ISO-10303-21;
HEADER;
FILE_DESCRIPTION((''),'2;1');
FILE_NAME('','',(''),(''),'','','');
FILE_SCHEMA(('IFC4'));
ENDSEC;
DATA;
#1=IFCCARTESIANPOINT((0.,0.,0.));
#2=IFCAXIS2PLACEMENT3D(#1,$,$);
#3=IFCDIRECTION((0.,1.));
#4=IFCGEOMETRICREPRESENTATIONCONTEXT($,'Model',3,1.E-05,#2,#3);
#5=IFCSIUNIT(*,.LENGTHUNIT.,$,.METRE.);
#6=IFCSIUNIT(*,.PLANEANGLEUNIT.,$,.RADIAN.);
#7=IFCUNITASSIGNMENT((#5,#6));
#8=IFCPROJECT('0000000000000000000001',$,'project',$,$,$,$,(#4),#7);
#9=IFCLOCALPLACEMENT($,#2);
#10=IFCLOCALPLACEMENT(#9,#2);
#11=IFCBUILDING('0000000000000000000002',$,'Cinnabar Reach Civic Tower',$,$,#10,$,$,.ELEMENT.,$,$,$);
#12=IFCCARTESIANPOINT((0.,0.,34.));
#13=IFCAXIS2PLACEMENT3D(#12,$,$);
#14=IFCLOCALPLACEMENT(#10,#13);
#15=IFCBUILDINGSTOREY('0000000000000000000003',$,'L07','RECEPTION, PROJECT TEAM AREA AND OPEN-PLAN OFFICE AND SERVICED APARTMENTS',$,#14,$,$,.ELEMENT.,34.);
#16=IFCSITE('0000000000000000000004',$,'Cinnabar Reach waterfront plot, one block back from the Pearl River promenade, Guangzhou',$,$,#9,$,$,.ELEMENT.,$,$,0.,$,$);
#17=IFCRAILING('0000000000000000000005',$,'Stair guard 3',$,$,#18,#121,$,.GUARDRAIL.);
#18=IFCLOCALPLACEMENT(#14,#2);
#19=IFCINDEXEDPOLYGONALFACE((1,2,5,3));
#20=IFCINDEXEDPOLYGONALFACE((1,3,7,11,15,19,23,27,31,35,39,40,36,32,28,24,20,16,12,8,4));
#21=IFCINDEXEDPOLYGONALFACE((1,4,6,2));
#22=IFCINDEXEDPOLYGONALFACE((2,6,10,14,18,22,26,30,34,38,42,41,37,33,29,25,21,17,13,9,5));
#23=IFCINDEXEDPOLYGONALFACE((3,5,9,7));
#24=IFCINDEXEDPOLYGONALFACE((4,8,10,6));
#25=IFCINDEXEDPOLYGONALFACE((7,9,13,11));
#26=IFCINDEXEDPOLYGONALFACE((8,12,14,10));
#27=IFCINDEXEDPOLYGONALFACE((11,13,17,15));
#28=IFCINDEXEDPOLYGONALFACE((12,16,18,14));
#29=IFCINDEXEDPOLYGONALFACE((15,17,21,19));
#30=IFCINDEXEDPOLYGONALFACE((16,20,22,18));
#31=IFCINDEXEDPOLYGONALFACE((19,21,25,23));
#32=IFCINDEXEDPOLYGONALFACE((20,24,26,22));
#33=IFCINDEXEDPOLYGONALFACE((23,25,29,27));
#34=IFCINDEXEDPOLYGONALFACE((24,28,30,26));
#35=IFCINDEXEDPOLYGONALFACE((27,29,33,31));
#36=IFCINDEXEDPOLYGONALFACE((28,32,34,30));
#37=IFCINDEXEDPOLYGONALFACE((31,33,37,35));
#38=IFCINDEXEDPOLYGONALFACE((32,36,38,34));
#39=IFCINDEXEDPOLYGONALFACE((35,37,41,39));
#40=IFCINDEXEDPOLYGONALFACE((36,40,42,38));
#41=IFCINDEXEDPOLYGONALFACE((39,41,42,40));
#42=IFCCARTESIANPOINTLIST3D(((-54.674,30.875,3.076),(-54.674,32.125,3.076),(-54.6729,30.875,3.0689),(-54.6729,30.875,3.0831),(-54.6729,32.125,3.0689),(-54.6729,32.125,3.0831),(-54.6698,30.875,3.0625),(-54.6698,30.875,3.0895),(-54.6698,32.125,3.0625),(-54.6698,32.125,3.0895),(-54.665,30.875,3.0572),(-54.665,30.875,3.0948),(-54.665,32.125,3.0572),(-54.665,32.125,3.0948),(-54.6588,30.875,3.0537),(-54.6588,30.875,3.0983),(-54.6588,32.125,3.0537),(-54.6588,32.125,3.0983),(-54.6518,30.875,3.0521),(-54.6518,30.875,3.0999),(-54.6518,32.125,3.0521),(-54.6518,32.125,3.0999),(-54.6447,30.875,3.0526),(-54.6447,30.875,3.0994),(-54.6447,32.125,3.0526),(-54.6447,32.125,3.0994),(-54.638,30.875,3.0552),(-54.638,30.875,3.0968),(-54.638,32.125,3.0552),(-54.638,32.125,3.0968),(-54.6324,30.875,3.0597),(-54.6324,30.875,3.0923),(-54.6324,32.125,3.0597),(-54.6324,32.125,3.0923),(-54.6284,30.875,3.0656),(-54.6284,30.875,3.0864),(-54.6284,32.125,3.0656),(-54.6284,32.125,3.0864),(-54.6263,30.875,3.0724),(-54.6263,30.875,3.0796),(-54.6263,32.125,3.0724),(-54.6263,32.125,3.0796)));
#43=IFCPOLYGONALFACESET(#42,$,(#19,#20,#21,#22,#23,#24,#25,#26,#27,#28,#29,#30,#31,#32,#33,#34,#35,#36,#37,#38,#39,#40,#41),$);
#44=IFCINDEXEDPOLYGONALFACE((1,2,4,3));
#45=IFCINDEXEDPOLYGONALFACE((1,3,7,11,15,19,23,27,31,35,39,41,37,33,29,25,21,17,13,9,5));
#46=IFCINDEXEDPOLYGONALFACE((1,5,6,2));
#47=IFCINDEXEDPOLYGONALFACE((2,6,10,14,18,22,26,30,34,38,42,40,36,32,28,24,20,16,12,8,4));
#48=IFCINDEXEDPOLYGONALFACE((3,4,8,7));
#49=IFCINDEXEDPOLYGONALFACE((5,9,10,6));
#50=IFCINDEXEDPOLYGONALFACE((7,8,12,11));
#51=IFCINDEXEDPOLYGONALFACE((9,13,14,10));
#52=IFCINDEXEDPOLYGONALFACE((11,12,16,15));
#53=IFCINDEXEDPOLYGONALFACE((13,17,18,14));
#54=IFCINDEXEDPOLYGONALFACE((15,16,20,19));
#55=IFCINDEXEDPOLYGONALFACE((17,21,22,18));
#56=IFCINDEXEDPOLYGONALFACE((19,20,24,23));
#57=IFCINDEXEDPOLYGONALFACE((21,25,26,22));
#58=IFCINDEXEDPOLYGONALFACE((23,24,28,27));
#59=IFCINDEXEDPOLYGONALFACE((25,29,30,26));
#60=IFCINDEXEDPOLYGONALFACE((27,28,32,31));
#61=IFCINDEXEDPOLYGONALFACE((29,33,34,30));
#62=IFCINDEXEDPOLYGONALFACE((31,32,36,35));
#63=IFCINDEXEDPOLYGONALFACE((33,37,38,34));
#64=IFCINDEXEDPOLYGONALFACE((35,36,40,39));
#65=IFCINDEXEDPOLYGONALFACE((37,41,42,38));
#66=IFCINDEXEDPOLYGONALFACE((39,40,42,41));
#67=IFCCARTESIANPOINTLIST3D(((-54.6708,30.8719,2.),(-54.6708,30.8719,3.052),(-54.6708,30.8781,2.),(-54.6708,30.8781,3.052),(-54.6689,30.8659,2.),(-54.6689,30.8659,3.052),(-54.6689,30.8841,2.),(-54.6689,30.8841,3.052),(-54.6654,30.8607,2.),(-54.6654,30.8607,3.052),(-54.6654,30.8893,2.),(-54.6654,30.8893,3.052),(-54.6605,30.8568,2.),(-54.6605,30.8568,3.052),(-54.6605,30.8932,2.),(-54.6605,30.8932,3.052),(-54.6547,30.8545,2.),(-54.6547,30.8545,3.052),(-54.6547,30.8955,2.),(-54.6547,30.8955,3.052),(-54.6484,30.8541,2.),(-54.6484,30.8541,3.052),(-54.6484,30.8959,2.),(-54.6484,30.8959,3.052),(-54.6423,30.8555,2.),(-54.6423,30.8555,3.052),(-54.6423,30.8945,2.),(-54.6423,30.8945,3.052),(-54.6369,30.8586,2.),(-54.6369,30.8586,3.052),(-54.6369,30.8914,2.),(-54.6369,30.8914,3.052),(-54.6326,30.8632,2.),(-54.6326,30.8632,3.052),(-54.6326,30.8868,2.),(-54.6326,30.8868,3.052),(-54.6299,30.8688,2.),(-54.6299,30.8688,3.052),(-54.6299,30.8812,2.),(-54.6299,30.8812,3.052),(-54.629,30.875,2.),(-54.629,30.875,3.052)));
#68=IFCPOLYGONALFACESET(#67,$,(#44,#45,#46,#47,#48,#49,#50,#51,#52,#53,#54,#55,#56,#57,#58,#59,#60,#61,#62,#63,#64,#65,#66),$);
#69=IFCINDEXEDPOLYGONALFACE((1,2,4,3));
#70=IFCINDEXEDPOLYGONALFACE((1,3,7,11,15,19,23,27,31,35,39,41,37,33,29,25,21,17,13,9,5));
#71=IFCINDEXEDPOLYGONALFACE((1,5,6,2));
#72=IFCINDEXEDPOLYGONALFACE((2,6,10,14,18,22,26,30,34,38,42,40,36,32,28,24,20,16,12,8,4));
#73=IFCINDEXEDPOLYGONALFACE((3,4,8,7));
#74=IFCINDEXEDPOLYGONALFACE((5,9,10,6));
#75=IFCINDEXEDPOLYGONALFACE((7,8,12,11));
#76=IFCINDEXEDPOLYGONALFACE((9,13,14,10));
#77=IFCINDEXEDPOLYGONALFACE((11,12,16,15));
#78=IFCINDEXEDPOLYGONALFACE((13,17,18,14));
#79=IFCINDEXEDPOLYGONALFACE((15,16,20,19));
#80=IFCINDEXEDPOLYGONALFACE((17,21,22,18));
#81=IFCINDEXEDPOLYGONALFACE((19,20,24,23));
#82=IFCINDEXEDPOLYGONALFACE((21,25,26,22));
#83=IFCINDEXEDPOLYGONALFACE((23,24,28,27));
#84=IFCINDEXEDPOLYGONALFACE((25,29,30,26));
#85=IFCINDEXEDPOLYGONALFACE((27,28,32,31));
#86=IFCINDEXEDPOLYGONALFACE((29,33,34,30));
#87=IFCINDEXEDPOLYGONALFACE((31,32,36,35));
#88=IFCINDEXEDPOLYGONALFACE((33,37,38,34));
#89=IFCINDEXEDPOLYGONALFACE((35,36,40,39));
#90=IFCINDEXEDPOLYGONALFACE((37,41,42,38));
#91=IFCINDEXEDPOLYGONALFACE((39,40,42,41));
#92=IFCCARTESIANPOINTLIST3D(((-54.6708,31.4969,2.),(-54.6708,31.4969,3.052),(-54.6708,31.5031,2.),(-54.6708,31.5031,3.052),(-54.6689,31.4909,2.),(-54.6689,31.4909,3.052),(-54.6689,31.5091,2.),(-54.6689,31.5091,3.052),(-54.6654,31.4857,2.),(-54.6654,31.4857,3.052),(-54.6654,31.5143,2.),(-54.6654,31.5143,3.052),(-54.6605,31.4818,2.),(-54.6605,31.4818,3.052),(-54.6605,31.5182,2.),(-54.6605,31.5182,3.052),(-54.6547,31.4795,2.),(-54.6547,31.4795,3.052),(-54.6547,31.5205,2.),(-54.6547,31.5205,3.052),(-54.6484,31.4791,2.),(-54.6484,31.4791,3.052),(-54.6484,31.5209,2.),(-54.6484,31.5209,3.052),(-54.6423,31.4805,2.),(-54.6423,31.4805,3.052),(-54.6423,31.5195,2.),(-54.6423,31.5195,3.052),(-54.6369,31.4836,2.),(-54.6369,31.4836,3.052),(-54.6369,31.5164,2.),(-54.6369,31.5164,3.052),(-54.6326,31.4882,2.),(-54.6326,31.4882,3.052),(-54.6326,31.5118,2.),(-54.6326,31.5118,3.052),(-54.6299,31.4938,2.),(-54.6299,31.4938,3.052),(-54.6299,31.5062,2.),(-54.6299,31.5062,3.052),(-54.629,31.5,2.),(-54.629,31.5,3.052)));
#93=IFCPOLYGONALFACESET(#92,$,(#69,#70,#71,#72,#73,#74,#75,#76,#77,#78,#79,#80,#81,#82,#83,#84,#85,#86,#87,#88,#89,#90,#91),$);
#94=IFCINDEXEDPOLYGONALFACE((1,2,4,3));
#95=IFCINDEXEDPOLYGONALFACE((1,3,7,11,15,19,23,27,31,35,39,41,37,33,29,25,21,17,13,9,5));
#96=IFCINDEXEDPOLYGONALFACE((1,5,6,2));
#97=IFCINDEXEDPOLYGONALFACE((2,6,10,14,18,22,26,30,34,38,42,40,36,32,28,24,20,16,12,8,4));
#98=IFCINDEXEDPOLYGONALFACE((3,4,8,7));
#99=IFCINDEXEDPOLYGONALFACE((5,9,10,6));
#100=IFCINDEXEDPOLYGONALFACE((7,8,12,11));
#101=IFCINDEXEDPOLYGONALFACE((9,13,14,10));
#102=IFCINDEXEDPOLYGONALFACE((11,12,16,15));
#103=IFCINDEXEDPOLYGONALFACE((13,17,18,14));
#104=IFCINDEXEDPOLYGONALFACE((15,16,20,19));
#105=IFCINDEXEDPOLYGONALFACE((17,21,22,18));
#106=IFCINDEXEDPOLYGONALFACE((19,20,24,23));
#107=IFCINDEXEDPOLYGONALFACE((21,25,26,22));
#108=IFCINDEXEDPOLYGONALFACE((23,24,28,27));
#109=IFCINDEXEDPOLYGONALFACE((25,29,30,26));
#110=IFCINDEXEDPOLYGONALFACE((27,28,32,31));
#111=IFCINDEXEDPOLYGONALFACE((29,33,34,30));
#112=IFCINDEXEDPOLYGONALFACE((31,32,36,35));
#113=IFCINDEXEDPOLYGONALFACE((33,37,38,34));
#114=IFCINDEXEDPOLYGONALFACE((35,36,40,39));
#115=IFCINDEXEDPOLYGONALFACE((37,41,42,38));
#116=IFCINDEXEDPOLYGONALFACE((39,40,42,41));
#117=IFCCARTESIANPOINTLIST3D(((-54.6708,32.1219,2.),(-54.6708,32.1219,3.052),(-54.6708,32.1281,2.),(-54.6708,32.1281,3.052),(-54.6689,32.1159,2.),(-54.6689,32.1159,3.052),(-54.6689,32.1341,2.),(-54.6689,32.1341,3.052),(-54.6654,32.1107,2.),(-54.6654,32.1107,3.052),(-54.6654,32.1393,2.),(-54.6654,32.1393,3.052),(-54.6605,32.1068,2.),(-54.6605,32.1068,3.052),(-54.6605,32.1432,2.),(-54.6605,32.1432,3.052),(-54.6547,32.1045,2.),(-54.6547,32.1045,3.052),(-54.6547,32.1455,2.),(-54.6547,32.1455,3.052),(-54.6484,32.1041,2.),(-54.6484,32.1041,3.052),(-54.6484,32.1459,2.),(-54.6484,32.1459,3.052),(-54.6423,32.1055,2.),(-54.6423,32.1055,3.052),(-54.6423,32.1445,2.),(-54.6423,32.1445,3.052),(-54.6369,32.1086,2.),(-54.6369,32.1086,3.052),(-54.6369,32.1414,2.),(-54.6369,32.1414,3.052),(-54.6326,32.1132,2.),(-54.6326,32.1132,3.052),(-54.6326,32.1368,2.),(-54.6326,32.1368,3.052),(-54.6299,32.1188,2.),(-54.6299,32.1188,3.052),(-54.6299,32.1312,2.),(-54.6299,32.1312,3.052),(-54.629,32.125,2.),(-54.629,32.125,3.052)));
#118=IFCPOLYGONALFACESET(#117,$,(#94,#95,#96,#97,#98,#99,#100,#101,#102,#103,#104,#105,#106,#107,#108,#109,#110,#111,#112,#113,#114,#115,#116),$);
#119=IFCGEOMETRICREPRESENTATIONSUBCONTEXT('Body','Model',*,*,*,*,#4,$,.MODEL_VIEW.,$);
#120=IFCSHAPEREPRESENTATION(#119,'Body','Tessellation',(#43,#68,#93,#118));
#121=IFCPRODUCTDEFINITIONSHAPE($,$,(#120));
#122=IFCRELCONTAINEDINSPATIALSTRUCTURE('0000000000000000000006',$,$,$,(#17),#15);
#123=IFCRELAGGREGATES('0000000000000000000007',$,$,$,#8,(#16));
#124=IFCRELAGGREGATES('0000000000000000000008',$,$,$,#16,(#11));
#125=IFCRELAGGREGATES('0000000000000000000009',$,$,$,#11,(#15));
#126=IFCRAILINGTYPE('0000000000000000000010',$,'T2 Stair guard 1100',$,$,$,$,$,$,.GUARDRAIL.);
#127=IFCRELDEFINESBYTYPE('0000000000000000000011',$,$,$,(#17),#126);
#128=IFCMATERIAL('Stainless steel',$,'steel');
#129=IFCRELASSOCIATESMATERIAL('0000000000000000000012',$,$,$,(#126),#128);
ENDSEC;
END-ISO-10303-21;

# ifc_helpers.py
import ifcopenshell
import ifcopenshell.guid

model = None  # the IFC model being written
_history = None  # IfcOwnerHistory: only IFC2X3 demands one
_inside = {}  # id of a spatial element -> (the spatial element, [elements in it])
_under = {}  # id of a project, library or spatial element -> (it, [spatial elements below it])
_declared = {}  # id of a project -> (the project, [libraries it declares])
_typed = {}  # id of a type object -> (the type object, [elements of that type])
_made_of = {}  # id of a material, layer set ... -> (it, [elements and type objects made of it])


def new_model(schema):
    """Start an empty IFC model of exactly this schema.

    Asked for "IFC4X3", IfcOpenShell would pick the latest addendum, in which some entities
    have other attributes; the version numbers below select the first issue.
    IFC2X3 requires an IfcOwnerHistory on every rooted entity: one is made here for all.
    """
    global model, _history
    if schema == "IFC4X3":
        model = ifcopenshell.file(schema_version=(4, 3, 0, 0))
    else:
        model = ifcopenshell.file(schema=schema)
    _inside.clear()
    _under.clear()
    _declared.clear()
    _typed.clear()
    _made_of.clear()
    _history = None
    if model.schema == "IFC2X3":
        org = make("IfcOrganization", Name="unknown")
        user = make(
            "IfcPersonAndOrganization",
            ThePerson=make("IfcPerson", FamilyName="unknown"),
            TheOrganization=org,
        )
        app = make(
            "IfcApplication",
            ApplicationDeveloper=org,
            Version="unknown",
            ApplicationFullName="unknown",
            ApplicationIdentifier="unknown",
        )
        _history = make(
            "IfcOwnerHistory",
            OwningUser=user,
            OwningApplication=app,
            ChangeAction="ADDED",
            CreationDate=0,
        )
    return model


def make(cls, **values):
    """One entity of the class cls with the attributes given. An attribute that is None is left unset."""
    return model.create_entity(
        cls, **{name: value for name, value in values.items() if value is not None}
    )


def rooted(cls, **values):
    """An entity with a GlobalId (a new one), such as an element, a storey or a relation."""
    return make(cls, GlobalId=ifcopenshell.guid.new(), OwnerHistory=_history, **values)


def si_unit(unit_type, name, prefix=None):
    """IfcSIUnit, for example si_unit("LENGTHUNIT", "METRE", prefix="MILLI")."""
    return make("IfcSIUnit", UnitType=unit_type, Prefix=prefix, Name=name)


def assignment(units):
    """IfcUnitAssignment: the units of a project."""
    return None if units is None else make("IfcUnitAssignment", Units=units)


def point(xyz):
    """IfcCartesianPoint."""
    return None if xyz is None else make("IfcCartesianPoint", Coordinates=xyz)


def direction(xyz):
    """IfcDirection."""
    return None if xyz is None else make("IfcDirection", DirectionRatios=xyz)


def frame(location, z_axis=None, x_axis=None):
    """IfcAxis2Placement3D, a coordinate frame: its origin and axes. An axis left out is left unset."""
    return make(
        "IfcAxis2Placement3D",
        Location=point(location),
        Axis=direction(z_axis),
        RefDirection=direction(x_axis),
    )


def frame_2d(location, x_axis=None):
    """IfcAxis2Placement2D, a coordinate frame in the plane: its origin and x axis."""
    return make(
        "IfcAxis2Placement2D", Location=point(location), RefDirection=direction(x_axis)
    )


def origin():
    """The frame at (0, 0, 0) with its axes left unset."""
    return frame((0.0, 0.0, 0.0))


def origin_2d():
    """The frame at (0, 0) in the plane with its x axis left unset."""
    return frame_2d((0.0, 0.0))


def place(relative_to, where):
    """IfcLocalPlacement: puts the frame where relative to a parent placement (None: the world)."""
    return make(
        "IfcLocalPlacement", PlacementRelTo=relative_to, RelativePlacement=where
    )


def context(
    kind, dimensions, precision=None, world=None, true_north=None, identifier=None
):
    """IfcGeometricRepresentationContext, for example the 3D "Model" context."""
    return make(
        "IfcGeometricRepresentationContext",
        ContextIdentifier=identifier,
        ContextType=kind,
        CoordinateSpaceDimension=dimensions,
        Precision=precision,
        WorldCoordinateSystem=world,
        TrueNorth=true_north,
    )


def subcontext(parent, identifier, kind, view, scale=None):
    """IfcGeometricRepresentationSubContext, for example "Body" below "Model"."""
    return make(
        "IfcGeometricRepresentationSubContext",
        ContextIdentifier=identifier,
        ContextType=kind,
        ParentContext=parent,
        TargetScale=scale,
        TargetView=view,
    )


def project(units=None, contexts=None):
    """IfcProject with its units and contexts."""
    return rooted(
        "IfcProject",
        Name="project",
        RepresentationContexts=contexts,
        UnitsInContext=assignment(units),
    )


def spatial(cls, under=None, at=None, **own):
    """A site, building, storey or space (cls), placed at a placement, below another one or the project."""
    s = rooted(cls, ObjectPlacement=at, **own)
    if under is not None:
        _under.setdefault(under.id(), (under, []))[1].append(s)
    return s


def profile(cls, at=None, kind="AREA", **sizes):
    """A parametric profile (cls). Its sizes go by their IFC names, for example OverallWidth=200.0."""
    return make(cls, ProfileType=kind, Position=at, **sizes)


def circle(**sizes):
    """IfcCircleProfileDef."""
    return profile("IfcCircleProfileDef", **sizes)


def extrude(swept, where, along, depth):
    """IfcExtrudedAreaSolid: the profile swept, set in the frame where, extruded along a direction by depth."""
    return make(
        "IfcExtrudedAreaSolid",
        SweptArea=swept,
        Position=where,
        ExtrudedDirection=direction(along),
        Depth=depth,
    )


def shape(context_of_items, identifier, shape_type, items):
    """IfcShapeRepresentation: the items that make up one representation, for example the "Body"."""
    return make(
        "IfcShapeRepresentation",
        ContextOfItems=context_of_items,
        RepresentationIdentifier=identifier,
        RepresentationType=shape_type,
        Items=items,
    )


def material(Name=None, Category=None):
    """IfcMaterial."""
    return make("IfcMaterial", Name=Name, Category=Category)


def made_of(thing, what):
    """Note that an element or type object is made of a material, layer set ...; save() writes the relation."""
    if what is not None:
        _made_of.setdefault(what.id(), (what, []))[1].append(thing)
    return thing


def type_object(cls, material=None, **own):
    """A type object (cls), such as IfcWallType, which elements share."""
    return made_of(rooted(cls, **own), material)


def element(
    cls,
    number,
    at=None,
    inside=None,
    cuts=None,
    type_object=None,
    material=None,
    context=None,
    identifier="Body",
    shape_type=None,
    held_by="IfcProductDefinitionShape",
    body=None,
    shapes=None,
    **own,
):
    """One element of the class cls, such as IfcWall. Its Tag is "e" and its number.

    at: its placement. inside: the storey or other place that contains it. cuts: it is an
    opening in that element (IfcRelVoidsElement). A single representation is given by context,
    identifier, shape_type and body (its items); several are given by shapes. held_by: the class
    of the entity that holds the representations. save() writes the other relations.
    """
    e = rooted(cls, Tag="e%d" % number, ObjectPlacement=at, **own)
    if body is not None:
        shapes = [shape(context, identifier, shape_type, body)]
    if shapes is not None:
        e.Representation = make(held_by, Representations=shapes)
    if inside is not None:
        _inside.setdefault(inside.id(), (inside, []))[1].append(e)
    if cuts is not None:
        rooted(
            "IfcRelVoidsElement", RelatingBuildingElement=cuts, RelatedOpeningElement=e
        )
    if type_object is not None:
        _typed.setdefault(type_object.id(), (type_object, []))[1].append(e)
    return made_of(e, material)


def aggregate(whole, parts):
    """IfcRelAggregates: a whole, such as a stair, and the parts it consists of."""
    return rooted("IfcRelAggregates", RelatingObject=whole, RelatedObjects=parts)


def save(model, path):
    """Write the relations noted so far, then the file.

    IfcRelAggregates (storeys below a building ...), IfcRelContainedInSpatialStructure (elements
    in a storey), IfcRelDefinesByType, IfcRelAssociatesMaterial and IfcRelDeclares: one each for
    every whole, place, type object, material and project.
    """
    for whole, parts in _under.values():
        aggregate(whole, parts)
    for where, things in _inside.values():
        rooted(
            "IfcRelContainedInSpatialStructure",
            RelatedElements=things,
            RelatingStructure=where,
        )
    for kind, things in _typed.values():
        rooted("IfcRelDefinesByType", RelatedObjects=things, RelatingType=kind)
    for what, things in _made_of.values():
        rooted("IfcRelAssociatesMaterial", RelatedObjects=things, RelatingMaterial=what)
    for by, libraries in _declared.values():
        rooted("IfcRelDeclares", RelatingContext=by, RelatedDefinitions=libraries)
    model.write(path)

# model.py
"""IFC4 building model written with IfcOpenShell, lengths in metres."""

from ifc_helpers import new_model, si_unit, direction, frame, origin, origin_2d, place, context, subcontext, project, spatial, circle, extrude, material, type_object, element, save


model = new_model("IFC4")

# Units and contexts
model_context = context("Model", 3, precision=1e-05, world=origin(), true_north=direction((0.0, 1.0)))
body_context = subcontext(model_context, "Body", "Model", "MODEL_VIEW")
ifc_project = project(units=[si_unit("LENGTHUNIT", "METRE"), si_unit("PLANEANGLEUNIT", "RADIAN")], contexts=[model_context])

# Site, building, storey
site_placement = place(None, origin())
site = spatial("IfcSite", under=ifc_project, at=site_placement, Name="Cinnabar Reach waterfront plot, one block back from the Pearl River promenade, Guangzhou", CompositionType="ELEMENT", RefElevation=0.0)
building_placement = place(site_placement, origin())
building = spatial("IfcBuilding", under=site, at=building_placement, Name="Cinnabar Reach Civic Tower", CompositionType="ELEMENT")
storey_placement = place(building_placement, frame((0.0, 0.0, 34.0)))
storey = spatial("IfcBuildingStorey", under=building, at=storey_placement, Name="L07", Description="RECEPTION, PROJECT TEAM AREA AND OPEN-PLAN OFFICE AND SERVICED APARTMENTS", CompositionType="ELEMENT", Elevation=34.0)

# Railing
ifc_material_1 = material(Name="Stainless steel", Category="steel")
railing_type = type_object("IfcRailingType", Name="T2 Stair guard 1100", PredefinedType="GUARDRAIL", material=ifc_material_1)
railing_1_placement = place(storey_placement, frame((-54.65, 30.875, 2.0)))
element("IfcRailing", 1, at=railing_1_placement, inside=storey, type_object=railing_type, Name="Stair guard 3", PredefinedType="GUARDRAIL", context=body_context, shape_type="SweptSolid", body=[
    extrude(circle(Radius=0.024, at=origin_2d()), frame((0.0, 0.0, 1.076), z_axis=(0.0, 1.0, 0.0), x_axis=(-1.0, 0.0, 0.0)), (0.0, 0.0, 1.0), 1.25),
    extrude(circle(Radius=0.021, at=origin_2d()), origin(), (0.0, 0.0, 1.0), 1.052),
    extrude(circle(Radius=0.021, at=origin_2d()), frame((0.0, 0.625, 0.0)), (0.0, 0.0, 1.0), 1.052),
    extrude(circle(Radius=0.021, at=origin_2d()), frame((0.0, 1.25, 0.0)), (0.0, 0.0, 1.0), 1.052),
])

save(model, "model.ifc")
